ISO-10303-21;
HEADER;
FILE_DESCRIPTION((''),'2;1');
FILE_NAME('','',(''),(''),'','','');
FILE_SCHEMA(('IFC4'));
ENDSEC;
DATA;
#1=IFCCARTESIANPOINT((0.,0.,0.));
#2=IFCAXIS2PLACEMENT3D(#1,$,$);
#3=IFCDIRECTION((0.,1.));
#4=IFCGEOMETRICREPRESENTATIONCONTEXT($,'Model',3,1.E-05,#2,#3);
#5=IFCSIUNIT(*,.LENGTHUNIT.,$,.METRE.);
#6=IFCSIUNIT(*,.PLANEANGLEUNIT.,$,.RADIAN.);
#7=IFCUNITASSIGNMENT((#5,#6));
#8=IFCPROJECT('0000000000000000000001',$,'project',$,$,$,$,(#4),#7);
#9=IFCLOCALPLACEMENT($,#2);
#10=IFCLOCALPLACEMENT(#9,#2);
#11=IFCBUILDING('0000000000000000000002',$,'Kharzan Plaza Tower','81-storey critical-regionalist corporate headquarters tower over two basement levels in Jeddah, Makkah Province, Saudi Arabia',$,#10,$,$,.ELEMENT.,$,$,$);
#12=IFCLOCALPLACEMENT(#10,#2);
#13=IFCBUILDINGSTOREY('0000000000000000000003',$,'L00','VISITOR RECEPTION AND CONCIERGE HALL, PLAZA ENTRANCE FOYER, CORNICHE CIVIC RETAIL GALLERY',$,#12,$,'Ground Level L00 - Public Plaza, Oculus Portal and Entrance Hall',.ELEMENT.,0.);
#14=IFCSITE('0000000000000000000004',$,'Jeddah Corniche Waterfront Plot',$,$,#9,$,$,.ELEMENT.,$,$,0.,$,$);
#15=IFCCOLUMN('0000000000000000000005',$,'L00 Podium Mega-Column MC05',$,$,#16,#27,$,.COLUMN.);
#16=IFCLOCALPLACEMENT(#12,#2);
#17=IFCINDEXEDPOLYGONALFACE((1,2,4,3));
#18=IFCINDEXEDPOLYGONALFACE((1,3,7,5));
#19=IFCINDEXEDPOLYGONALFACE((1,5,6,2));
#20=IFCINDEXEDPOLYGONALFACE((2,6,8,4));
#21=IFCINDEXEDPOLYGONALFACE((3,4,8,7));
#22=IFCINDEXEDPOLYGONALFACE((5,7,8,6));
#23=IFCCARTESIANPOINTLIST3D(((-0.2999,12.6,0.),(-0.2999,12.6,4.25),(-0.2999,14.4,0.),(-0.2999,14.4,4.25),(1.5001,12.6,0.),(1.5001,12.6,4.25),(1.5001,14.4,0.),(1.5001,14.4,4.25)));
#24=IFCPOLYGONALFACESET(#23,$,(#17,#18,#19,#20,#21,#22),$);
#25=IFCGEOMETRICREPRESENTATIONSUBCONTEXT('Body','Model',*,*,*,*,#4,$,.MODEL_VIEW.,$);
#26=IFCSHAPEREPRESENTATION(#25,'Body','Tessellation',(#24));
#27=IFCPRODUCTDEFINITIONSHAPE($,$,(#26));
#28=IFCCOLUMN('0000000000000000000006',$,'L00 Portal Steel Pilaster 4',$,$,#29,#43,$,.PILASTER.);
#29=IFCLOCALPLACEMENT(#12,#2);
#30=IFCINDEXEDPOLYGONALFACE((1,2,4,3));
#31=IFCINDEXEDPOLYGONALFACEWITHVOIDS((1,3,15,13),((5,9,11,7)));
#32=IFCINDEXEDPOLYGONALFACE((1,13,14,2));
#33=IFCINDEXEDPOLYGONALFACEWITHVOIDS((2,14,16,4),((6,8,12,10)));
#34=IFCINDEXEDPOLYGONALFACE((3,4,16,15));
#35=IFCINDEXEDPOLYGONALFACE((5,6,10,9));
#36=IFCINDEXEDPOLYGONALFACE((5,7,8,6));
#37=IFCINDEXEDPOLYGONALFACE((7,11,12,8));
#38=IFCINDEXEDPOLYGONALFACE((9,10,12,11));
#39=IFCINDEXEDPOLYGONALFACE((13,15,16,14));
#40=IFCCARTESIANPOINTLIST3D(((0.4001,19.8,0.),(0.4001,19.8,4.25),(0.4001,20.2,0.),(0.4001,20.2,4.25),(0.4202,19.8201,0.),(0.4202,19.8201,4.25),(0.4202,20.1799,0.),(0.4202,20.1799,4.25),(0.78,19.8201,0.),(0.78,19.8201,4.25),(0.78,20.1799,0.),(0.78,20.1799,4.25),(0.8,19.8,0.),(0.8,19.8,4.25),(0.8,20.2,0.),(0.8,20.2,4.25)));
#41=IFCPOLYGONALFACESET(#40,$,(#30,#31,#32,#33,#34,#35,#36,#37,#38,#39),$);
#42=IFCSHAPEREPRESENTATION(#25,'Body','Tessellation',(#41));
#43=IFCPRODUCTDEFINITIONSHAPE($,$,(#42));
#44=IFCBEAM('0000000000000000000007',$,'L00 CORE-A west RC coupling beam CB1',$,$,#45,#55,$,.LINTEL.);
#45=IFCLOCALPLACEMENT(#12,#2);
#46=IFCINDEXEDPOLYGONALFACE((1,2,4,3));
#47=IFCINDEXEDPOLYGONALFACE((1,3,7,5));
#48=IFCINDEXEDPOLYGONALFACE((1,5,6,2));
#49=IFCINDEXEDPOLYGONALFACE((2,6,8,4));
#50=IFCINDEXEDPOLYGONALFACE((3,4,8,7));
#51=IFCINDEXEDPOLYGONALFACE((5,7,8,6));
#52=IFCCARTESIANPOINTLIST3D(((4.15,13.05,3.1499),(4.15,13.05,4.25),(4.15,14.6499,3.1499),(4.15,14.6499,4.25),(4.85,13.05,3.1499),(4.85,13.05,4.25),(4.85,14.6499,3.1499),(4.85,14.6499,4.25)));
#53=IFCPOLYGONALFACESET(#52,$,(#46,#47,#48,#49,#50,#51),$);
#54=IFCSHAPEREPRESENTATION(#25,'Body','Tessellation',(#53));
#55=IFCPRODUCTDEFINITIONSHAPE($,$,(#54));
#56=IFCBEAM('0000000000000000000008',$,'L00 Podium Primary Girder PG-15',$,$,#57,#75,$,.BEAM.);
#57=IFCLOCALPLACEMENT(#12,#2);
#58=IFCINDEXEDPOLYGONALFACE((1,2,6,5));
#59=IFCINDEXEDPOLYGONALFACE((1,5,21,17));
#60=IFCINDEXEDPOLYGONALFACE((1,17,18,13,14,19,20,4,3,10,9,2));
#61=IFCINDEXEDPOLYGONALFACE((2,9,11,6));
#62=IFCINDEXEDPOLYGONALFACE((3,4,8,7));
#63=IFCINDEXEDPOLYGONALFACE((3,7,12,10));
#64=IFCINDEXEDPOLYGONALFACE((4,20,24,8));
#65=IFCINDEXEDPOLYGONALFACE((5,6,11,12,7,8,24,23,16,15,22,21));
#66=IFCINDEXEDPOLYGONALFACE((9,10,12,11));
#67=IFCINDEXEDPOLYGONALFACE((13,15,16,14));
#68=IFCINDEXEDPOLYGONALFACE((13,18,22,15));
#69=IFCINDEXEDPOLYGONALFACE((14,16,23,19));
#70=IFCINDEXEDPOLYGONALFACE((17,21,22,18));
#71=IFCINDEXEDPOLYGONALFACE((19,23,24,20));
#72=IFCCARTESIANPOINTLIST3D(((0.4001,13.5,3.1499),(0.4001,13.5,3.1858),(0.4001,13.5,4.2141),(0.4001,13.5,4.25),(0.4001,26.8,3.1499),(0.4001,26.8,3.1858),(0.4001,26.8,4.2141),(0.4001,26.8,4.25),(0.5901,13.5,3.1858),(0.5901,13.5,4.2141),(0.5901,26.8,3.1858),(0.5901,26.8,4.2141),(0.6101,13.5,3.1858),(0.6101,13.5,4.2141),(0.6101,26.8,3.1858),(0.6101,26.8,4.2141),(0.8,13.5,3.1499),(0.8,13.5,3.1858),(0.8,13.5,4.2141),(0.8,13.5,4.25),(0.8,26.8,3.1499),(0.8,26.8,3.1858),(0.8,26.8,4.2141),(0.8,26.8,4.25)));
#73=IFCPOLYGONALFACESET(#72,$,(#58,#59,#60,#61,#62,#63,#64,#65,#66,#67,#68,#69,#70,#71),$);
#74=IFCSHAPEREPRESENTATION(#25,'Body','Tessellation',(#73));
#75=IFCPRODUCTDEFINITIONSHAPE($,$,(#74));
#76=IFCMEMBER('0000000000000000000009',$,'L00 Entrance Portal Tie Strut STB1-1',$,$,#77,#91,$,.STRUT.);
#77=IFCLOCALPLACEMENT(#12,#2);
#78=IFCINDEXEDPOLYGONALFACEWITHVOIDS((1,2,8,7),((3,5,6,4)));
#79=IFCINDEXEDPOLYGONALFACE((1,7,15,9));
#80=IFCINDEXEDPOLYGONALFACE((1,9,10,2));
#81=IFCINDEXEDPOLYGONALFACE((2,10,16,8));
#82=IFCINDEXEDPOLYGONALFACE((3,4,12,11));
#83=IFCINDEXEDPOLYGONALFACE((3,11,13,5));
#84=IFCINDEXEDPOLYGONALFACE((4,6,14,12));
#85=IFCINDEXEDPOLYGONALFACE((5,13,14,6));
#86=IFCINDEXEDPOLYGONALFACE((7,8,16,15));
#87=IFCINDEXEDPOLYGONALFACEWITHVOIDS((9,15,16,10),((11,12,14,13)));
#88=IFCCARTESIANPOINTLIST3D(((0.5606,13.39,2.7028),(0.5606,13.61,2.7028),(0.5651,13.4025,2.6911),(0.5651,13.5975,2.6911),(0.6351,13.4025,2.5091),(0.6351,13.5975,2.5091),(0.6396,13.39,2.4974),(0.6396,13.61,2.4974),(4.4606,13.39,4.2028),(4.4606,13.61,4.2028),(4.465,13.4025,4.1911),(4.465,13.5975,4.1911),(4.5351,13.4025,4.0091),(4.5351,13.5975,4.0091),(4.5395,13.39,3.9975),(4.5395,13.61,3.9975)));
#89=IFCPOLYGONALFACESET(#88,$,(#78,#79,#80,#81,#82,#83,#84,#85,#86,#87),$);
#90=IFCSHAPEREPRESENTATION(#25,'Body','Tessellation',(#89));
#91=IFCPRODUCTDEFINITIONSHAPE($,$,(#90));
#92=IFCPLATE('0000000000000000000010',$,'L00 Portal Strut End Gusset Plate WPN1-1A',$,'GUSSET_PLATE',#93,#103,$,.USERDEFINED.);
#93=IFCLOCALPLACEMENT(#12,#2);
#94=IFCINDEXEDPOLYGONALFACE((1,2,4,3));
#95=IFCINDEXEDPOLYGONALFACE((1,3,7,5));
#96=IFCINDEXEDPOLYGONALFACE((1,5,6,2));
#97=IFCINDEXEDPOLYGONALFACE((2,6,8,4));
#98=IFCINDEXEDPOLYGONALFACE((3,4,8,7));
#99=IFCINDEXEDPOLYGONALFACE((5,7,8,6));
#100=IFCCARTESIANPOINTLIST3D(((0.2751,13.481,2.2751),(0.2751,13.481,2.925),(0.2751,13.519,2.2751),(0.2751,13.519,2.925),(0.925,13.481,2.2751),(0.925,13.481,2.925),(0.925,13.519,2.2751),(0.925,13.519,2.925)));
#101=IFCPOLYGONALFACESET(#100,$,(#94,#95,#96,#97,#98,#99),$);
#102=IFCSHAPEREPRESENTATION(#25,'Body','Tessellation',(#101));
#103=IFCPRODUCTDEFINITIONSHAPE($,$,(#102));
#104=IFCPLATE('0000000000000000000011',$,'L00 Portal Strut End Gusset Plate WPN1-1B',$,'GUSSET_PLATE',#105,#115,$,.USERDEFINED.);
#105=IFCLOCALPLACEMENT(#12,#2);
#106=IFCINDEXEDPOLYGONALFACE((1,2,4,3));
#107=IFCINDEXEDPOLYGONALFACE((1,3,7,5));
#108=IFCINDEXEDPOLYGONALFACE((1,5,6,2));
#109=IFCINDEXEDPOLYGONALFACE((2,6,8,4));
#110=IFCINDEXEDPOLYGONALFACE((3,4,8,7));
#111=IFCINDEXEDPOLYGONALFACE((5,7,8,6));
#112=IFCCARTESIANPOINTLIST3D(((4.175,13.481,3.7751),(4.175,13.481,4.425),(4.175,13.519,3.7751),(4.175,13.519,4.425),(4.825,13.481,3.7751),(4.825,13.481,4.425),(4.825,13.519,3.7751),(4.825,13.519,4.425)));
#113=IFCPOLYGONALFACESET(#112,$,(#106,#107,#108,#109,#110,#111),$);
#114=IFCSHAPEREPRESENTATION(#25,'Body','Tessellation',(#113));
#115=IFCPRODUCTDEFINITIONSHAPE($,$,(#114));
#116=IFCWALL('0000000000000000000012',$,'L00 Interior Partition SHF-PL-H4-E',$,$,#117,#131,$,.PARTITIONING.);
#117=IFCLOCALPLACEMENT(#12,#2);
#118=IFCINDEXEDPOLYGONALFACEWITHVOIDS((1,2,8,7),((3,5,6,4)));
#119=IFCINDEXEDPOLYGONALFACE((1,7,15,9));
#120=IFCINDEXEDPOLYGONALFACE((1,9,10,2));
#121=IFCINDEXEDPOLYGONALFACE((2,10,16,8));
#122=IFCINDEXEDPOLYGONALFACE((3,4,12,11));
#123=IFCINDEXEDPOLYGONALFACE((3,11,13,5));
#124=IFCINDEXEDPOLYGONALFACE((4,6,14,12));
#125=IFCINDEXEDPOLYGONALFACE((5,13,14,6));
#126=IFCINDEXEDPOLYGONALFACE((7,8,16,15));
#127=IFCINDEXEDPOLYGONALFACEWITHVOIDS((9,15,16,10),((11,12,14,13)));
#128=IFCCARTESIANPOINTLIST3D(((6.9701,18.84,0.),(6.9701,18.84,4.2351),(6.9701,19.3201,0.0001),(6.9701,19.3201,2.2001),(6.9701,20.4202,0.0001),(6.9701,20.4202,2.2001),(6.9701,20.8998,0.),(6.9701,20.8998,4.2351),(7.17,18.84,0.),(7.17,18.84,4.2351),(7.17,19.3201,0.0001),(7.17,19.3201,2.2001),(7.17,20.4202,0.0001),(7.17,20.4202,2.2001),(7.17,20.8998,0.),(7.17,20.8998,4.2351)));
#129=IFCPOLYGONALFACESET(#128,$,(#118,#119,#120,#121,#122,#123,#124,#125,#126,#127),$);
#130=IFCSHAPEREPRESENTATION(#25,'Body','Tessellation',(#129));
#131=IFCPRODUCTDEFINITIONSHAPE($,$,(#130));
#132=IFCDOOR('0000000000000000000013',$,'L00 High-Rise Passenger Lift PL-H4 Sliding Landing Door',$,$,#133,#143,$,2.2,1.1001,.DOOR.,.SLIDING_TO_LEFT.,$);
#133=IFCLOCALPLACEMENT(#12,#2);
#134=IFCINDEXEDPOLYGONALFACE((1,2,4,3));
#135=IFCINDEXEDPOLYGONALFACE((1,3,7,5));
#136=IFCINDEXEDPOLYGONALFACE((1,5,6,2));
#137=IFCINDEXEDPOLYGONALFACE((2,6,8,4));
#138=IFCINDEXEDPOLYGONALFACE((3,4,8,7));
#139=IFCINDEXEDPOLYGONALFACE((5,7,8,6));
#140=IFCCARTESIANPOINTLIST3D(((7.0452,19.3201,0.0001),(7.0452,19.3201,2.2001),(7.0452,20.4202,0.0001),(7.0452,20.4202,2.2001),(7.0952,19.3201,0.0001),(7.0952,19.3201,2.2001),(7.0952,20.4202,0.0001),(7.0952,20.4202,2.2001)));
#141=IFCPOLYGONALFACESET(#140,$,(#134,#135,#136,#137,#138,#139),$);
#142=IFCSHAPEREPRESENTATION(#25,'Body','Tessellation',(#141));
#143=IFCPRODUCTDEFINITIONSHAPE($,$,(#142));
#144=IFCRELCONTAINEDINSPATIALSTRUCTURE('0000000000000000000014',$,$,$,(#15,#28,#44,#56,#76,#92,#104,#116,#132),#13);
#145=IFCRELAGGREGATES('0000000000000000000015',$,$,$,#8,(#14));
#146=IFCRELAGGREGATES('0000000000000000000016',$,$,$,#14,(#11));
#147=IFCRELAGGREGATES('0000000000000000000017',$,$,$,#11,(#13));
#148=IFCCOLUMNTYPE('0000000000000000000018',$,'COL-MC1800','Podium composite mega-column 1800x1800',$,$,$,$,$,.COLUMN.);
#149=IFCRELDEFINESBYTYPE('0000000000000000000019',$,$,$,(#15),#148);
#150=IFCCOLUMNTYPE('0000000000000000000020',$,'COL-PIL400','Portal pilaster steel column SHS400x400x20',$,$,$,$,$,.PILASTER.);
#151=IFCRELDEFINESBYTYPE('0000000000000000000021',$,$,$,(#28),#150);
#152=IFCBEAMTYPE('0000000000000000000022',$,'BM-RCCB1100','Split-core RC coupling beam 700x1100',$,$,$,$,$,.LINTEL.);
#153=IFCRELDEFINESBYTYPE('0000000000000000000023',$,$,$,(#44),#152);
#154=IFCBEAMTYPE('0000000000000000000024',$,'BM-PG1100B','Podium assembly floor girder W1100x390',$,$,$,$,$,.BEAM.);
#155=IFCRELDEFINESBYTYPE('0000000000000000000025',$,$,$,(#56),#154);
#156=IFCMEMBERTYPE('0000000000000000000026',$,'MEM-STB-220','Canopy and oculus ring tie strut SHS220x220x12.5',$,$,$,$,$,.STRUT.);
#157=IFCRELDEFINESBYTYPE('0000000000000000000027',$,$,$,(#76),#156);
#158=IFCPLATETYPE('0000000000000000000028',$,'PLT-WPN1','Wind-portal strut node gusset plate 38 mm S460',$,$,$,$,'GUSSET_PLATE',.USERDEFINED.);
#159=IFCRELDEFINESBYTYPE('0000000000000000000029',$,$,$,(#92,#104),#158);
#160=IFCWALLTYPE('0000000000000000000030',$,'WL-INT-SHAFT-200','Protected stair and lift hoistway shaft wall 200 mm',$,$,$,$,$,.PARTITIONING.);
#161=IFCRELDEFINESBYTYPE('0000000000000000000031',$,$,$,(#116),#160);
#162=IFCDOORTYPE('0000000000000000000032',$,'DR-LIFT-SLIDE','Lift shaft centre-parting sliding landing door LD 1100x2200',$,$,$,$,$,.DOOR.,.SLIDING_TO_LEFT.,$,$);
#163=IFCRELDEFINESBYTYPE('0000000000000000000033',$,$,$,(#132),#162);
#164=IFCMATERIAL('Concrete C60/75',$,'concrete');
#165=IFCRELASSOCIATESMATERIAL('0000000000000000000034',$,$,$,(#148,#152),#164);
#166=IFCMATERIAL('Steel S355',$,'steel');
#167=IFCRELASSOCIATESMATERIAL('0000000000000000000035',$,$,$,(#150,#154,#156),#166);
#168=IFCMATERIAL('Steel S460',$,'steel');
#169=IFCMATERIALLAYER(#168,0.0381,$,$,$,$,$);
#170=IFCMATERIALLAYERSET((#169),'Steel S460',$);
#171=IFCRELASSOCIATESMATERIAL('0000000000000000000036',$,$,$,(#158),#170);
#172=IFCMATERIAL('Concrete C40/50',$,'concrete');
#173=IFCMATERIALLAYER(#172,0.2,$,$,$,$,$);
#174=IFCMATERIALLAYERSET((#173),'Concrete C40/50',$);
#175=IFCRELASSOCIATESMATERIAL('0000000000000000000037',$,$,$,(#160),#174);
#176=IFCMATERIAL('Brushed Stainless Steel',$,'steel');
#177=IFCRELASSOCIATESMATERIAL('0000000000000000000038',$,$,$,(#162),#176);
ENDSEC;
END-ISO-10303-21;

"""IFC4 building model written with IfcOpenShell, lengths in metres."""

from ifc_helpers import new_model, si_unit, direction, frame, frame_2d, origin, origin_2d, place, context, subcontext, project, spatial, rectangle, hollow_rectangle, i_section, extrude, source, transform, mapped, material, layer, layer_set, material_profile, profile_set, type_object, element, fill, save


model = new_model("IFC4")

# Units and contexts
model_context = context("Model", 3, precision=1e-05, world=origin(), true_north=direction((0.0, 1.0)))
body_context = subcontext(model_context, "Body", "Model", "MODEL_VIEW")
ifc_project = project(units=[si_unit("LENGTHUNIT", "METRE"), si_unit("PLANEANGLEUNIT", "RADIAN")], contexts=[model_context])

# Site, building, storey
site_placement = place(None, origin())
site = spatial("IfcSite", under=ifc_project, at=site_placement, Name="Jeddah Corniche Waterfront Plot", CompositionType="ELEMENT", RefElevation=0.0)
building_placement = place(site_placement, origin())
building = spatial("IfcBuilding", under=site, at=building_placement, Name="Kharzan Plaza Tower", Description="81-storey critical-regionalist corporate headquarters tower over two basement levels in Jeddah, Makkah Province, Saudi Arabia", CompositionType="ELEMENT")
storey_placement = place(building_placement, origin())
storey = spatial("IfcBuildingStorey", under=building, at=storey_placement, Name="L00", Description="VISITOR RECEPTION AND CONCIERGE HALL, PLAZA ENTRANCE FOYER, CORNICHE CIVIC RETAIL GALLERY", LongName="Ground Level L00 - Public Plaza, Oculus Portal and Entrance Hall", CompositionType="ELEMENT", Elevation=0.0)

# Columns
ifc_material_1 = material(Name="Concrete C60/75", Category="concrete")
ifc_material_profile_1 = material_profile(ifc_material_1, rectangle(XDim=1.8, YDim=1.8, at=origin_2d()), Name="RC-MC1800x1800")
ifc_profile_set_1 = profile_set([ifc_material_profile_1], Name="Concrete C60/75")
column_type_1 = type_object("IfcColumnType", Name="COL-MC1800", Description="Podium composite mega-column 1800x1800", PredefinedType="COLUMN", material=ifc_profile_set_1)
shared_shape_1 = source(origin(), body_context, "Body", "SweptSolid", [
    extrude(rectangle(XDim=1.8, YDim=1.8, at=origin_2d()), origin(), (0.0, 0.0, 1.0), 4.25),
])
column_1_placement = place(storey_placement, frame((0.6001, 13.5, 0.0), z_axis=(0.0, 0.0, 1.0), x_axis=(1.0, 0.0, 0.0)))
element("IfcColumn", 1, at=column_1_placement, inside=storey, type_object=column_type_1, Name="L00 Podium Mega-Column MC05", PredefinedType="COLUMN", context=body_context, shape_type="MappedRepresentation", body=[
    mapped(shared_shape_1, transform((0.0, 0.0, 0.0), x_axis=(1.0, 0.0, 0.0), y_axis=(0.0, 1.0, 0.0), z_axis=(0.0, 0.0, 1.0))),
])
ifc_material_2 = material(Name="Steel S355", Category="steel")
ifc_material_profile_2 = material_profile(ifc_material_2, hollow_rectangle(XDim=0.3999, YDim=0.3999, WallThickness=0.02, at=origin_2d()), Name="SHS400x400x20")
ifc_profile_set_2 = profile_set([ifc_material_profile_2], Name="Steel S355")
column_type_2 = type_object("IfcColumnType", Name="COL-PIL400", Description="Portal pilaster steel column SHS400x400x20", PredefinedType="PILASTER", material=ifc_profile_set_2)
shared_shape_2 = source(origin(), body_context, "Body", "SweptSolid", [
    extrude(hollow_rectangle(XDim=0.3999, YDim=0.3999, WallThickness=0.02, at=origin_2d()), origin(), (0.0, 0.0, 1.0), 4.25),
])
column_2_placement = place(storey_placement, frame((0.6001, 20.0, 0.0), z_axis=(0.0, 0.0, 1.0), x_axis=(1.0, 0.0, 0.0)))
element("IfcColumn", 2, at=column_2_placement, inside=storey, type_object=column_type_2, Name="L00 Portal Steel Pilaster 4", PredefinedType="PILASTER", context=body_context, shape_type="MappedRepresentation", body=[
    mapped(shared_shape_2, transform((0.0, 0.0, 0.0), x_axis=(1.0, 0.0, 0.0), y_axis=(0.0, 1.0, 0.0), z_axis=(0.0, 0.0, 1.0))),
])

# Beams
ifc_material_profile_3 = material_profile(ifc_material_1, rectangle(XDim=0.7, YDim=1.1001, at=origin_2d()), Name="RC-CB1100x700")
ifc_profile_set_3 = profile_set([ifc_material_profile_3], Name="Concrete C60/75")
beam_type_1 = type_object("IfcBeamType", Name="BM-RCCB1100", Description="Split-core RC coupling beam 700x1100", PredefinedType="LINTEL", material=ifc_profile_set_3)
shared_shape_3 = source(origin(), body_context, "Body", "SweptSolid", [
    extrude(rectangle(XDim=0.7, YDim=1.1001, at=origin_2d()), origin(), (0.0, 0.0, 1.0), 1.5999),
])
beam_1_placement = place(storey_placement, frame((4.5, 13.05, 3.7), z_axis=(0.0, 1.0, 0.0), x_axis=(-1.0, 0.0, 0.0)))
element("IfcBeam", 3, at=beam_1_placement, inside=storey, type_object=beam_type_1, Name="L00 CORE-A west RC coupling beam CB1", PredefinedType="LINTEL", context=body_context, shape_type="MappedRepresentation", body=[
    mapped(shared_shape_3, transform((0.0, 0.0, 0.0), x_axis=(1.0, 0.0, 0.0), y_axis=(0.0, 1.0, 0.0), z_axis=(0.0, 0.0, 1.0))),
])
ifc_material_profile_4 = material_profile(ifc_material_2, i_section(OverallWidth=0.3999, OverallDepth=1.1001, WebThickness=0.02, FlangeThickness=0.0359, at=origin_2d()), Name="W1100x390")
ifc_profile_set_4 = profile_set([ifc_material_profile_4], Name="Steel S355")
beam_type_2 = type_object("IfcBeamType", Name="BM-PG1100B", Description="Podium assembly floor girder W1100x390", PredefinedType="BEAM", material=ifc_profile_set_4)
shared_shape_4 = source(origin(), body_context, "Body", "SweptSolid", [
    extrude(i_section(OverallWidth=0.3999, OverallDepth=1.1001, WebThickness=0.02, FlangeThickness=0.0359, at=origin_2d()), origin(), (0.0, 0.0, 1.0), 13.3),
])
beam_2_placement = place(storey_placement, frame((0.6001, 13.5, 3.7), z_axis=(0.0, 1.0, 0.0), x_axis=(-1.0, 0.0, 0.0)))
element("IfcBeam", 4, at=beam_2_placement, inside=storey, type_object=beam_type_2, Name="L00 Podium Primary Girder PG-15", PredefinedType="BEAM", context=body_context, shape_type="MappedRepresentation", body=[
    mapped(shared_shape_4, transform((0.0, 0.0, 0.0), x_axis=(1.0, 0.0, 0.0), y_axis=(0.0, 1.0, 0.0), z_axis=(0.0, 0.0, 1.0))),
])

# Member
ifc_material_profile_5 = material_profile(ifc_material_2, hollow_rectangle(XDim=0.22, YDim=0.22, WallThickness=0.0125, at=origin_2d()), Name="SHS220x220x12.5")
ifc_profile_set_5 = profile_set([ifc_material_profile_5], Name="Steel S355")
member_type = type_object("IfcMemberType", Name="MEM-STB-220", Description="Canopy and oculus ring tie strut SHS220x220x12.5", PredefinedType="STRUT", material=ifc_profile_set_5)
shared_shape_5 = source(origin(), body_context, "Body", "SweptSolid", [
    extrude(hollow_rectangle(XDim=0.22, YDim=0.22, WallThickness=0.0125, at=origin_2d()), origin(), (0.0, 0.0, 1.0), 4.1785),
])
member_placement = place(storey_placement, frame((0.6001, 13.5, 2.6001), z_axis=(0.933343, 0.0, 0.358987), x_axis=(0.0, 1.0, 0.0)))
element("IfcMember", 5, at=member_placement, inside=storey, type_object=member_type, Name="L00 Entrance Portal Tie Strut STB1-1", PredefinedType="STRUT", context=body_context, shape_type="MappedRepresentation", body=[
    mapped(shared_shape_5, transform((0.0, 0.0, 0.0), x_axis=(1.0, 0.0, 0.0), y_axis=(0.0, 1.0, 0.0), z_axis=(0.0, 0.0, 1.0))),
])

# Plates
ifc_material_3 = material(Name="Steel S460", Category="steel")
ifc_layer_1 = layer(ifc_material_3, 0.0381)
ifc_layer_set_1 = layer_set([ifc_layer_1], Name="Steel S460")
plate_type = type_object("IfcPlateType", Name="PLT-WPN1", Description="Wind-portal strut node gusset plate 38 mm S460", ElementType="GUSSET_PLATE", PredefinedType="USERDEFINED", material=ifc_layer_set_1)
shared_shape_6 = source(origin(), body_context, "Body", "SweptSolid", [
    extrude(rectangle(XDim=0.6499, YDim=0.0381, at=origin_2d()), origin(), (0.0, 0.0, 1.0), 0.6499),
])
for number, where, z_axis, x_axis, name in (
    (6, (0.6001, 13.5, 2.2751), (0.0, 0.0, 1.0), (1.0, 0.0, 0.0), "L00 Portal Strut End Gusset Plate WPN1-1A"),
    (7, (4.5, 13.5, 3.7751), (0.0, 0.0, 1.0), (1.0, 0.0, 0.0), "L00 Portal Strut End Gusset Plate WPN1-1B"),
):
    element("IfcPlate", number, at=place(storey_placement, frame(where, z_axis=z_axis, x_axis=x_axis)), inside=storey, type_object=plate_type, Name=name, ObjectType="GUSSET_PLATE", PredefinedType="USERDEFINED", context=body_context, shape_type="MappedRepresentation", body=[
        mapped(shared_shape_6, transform((0.0, 0.0, 0.0), x_axis=(1.0, 0.0, 0.0), y_axis=(0.0, 1.0, 0.0), z_axis=(0.0, 0.0, 1.0))),
    ])

# Wall, opening, door
ifc_material_4 = material(Name="Concrete C40/50", Category="concrete")
ifc_layer_2 = layer(ifc_material_4, 0.2)
ifc_layer_set_2 = layer_set([ifc_layer_2], Name="Concrete C40/50")
wall_type_1 = type_object("IfcWallType", Name="WL-INT-SHAFT-200", Description="Protected stair and lift hoistway shaft wall 200 mm", PredefinedType="PARTITIONING", material=ifc_layer_set_2)
wall_1_placement = place(storey_placement, frame((7.0701, 18.8401, 0.0), z_axis=(0.0, 0.0, 1.0), x_axis=(0.0, 1.0, 0.0)))
wall_1 = element("IfcWall", 8, at=wall_1_placement, inside=storey, type_object=wall_type_1, Name="L00 Interior Partition SHF-PL-H4-E", PredefinedType="PARTITIONING", context=body_context, shape_type="SweptSolid", body=[
    extrude(rectangle(XDim=2.0598, YDim=0.2, at=frame_2d((1.0298, 0.0))), origin(), (0.0, 0.0, 1.0), 4.2351),
])
opening_1_placement = place(wall_1_placement, frame((0.48, 0.0, 0.0)))
opening_1 = element("IfcOpeningElement", 9, at=opening_1_placement, cuts=wall_1, PredefinedType="OPENING", context=body_context, shape_type="SweptSolid", body=[
    extrude(rectangle(XDim=1.1001, YDim=2.2, at=frame_2d((0.55, 1.1001))), frame((0.0, 0.1099, 0.0), z_axis=(0.0, -1.0, 0.0), x_axis=(1.0, 0.0, 0.0)), (0.0, 0.0, 1.0), 0.22),
])
ifc_material_5 = material(Name="Brushed Stainless Steel", Category="steel")
door_type_1 = type_object("IfcDoorType", Name="DR-LIFT-SLIDE", Description="Lift shaft centre-parting sliding landing door LD 1100x2200", OperationType="SLIDING_TO_LEFT", PredefinedType="DOOR", material=ifc_material_5)
shared_shape_7 = source(origin(), body_context, "Body", "SweptSolid", [
    extrude(rectangle(XDim=1.1001, YDim=2.2, at=frame_2d((0.55, 1.1001))), frame((0.0, 0.0249, 0.0), z_axis=(0.0, -1.0, 0.0), x_axis=(1.0, 0.0, 0.0)), (0.0, 0.0, 1.0), 0.05),
])
door_1_placement = place(opening_1_placement, origin())
door_1 = element("IfcDoor", 10, at=door_1_placement, inside=storey, type_object=door_type_1, Name="L00 High-Rise Passenger Lift PL-H4 Sliding Landing Door", OperationType="SLIDING_TO_LEFT", OverallHeight=2.2, OverallWidth=1.1001, PredefinedType="DOOR", context=body_context, shape_type="MappedRepresentation", body=[
    mapped(shared_shape_7, transform((0.0, 0.0, 0.0), x_axis=(1.0, 0.0, 0.0), y_axis=(0.0, 1.0, 0.0), z_axis=(0.0, 0.0, 1.0))),
])
fill(opening_1, door_1)

save(model, "model.ifc")
